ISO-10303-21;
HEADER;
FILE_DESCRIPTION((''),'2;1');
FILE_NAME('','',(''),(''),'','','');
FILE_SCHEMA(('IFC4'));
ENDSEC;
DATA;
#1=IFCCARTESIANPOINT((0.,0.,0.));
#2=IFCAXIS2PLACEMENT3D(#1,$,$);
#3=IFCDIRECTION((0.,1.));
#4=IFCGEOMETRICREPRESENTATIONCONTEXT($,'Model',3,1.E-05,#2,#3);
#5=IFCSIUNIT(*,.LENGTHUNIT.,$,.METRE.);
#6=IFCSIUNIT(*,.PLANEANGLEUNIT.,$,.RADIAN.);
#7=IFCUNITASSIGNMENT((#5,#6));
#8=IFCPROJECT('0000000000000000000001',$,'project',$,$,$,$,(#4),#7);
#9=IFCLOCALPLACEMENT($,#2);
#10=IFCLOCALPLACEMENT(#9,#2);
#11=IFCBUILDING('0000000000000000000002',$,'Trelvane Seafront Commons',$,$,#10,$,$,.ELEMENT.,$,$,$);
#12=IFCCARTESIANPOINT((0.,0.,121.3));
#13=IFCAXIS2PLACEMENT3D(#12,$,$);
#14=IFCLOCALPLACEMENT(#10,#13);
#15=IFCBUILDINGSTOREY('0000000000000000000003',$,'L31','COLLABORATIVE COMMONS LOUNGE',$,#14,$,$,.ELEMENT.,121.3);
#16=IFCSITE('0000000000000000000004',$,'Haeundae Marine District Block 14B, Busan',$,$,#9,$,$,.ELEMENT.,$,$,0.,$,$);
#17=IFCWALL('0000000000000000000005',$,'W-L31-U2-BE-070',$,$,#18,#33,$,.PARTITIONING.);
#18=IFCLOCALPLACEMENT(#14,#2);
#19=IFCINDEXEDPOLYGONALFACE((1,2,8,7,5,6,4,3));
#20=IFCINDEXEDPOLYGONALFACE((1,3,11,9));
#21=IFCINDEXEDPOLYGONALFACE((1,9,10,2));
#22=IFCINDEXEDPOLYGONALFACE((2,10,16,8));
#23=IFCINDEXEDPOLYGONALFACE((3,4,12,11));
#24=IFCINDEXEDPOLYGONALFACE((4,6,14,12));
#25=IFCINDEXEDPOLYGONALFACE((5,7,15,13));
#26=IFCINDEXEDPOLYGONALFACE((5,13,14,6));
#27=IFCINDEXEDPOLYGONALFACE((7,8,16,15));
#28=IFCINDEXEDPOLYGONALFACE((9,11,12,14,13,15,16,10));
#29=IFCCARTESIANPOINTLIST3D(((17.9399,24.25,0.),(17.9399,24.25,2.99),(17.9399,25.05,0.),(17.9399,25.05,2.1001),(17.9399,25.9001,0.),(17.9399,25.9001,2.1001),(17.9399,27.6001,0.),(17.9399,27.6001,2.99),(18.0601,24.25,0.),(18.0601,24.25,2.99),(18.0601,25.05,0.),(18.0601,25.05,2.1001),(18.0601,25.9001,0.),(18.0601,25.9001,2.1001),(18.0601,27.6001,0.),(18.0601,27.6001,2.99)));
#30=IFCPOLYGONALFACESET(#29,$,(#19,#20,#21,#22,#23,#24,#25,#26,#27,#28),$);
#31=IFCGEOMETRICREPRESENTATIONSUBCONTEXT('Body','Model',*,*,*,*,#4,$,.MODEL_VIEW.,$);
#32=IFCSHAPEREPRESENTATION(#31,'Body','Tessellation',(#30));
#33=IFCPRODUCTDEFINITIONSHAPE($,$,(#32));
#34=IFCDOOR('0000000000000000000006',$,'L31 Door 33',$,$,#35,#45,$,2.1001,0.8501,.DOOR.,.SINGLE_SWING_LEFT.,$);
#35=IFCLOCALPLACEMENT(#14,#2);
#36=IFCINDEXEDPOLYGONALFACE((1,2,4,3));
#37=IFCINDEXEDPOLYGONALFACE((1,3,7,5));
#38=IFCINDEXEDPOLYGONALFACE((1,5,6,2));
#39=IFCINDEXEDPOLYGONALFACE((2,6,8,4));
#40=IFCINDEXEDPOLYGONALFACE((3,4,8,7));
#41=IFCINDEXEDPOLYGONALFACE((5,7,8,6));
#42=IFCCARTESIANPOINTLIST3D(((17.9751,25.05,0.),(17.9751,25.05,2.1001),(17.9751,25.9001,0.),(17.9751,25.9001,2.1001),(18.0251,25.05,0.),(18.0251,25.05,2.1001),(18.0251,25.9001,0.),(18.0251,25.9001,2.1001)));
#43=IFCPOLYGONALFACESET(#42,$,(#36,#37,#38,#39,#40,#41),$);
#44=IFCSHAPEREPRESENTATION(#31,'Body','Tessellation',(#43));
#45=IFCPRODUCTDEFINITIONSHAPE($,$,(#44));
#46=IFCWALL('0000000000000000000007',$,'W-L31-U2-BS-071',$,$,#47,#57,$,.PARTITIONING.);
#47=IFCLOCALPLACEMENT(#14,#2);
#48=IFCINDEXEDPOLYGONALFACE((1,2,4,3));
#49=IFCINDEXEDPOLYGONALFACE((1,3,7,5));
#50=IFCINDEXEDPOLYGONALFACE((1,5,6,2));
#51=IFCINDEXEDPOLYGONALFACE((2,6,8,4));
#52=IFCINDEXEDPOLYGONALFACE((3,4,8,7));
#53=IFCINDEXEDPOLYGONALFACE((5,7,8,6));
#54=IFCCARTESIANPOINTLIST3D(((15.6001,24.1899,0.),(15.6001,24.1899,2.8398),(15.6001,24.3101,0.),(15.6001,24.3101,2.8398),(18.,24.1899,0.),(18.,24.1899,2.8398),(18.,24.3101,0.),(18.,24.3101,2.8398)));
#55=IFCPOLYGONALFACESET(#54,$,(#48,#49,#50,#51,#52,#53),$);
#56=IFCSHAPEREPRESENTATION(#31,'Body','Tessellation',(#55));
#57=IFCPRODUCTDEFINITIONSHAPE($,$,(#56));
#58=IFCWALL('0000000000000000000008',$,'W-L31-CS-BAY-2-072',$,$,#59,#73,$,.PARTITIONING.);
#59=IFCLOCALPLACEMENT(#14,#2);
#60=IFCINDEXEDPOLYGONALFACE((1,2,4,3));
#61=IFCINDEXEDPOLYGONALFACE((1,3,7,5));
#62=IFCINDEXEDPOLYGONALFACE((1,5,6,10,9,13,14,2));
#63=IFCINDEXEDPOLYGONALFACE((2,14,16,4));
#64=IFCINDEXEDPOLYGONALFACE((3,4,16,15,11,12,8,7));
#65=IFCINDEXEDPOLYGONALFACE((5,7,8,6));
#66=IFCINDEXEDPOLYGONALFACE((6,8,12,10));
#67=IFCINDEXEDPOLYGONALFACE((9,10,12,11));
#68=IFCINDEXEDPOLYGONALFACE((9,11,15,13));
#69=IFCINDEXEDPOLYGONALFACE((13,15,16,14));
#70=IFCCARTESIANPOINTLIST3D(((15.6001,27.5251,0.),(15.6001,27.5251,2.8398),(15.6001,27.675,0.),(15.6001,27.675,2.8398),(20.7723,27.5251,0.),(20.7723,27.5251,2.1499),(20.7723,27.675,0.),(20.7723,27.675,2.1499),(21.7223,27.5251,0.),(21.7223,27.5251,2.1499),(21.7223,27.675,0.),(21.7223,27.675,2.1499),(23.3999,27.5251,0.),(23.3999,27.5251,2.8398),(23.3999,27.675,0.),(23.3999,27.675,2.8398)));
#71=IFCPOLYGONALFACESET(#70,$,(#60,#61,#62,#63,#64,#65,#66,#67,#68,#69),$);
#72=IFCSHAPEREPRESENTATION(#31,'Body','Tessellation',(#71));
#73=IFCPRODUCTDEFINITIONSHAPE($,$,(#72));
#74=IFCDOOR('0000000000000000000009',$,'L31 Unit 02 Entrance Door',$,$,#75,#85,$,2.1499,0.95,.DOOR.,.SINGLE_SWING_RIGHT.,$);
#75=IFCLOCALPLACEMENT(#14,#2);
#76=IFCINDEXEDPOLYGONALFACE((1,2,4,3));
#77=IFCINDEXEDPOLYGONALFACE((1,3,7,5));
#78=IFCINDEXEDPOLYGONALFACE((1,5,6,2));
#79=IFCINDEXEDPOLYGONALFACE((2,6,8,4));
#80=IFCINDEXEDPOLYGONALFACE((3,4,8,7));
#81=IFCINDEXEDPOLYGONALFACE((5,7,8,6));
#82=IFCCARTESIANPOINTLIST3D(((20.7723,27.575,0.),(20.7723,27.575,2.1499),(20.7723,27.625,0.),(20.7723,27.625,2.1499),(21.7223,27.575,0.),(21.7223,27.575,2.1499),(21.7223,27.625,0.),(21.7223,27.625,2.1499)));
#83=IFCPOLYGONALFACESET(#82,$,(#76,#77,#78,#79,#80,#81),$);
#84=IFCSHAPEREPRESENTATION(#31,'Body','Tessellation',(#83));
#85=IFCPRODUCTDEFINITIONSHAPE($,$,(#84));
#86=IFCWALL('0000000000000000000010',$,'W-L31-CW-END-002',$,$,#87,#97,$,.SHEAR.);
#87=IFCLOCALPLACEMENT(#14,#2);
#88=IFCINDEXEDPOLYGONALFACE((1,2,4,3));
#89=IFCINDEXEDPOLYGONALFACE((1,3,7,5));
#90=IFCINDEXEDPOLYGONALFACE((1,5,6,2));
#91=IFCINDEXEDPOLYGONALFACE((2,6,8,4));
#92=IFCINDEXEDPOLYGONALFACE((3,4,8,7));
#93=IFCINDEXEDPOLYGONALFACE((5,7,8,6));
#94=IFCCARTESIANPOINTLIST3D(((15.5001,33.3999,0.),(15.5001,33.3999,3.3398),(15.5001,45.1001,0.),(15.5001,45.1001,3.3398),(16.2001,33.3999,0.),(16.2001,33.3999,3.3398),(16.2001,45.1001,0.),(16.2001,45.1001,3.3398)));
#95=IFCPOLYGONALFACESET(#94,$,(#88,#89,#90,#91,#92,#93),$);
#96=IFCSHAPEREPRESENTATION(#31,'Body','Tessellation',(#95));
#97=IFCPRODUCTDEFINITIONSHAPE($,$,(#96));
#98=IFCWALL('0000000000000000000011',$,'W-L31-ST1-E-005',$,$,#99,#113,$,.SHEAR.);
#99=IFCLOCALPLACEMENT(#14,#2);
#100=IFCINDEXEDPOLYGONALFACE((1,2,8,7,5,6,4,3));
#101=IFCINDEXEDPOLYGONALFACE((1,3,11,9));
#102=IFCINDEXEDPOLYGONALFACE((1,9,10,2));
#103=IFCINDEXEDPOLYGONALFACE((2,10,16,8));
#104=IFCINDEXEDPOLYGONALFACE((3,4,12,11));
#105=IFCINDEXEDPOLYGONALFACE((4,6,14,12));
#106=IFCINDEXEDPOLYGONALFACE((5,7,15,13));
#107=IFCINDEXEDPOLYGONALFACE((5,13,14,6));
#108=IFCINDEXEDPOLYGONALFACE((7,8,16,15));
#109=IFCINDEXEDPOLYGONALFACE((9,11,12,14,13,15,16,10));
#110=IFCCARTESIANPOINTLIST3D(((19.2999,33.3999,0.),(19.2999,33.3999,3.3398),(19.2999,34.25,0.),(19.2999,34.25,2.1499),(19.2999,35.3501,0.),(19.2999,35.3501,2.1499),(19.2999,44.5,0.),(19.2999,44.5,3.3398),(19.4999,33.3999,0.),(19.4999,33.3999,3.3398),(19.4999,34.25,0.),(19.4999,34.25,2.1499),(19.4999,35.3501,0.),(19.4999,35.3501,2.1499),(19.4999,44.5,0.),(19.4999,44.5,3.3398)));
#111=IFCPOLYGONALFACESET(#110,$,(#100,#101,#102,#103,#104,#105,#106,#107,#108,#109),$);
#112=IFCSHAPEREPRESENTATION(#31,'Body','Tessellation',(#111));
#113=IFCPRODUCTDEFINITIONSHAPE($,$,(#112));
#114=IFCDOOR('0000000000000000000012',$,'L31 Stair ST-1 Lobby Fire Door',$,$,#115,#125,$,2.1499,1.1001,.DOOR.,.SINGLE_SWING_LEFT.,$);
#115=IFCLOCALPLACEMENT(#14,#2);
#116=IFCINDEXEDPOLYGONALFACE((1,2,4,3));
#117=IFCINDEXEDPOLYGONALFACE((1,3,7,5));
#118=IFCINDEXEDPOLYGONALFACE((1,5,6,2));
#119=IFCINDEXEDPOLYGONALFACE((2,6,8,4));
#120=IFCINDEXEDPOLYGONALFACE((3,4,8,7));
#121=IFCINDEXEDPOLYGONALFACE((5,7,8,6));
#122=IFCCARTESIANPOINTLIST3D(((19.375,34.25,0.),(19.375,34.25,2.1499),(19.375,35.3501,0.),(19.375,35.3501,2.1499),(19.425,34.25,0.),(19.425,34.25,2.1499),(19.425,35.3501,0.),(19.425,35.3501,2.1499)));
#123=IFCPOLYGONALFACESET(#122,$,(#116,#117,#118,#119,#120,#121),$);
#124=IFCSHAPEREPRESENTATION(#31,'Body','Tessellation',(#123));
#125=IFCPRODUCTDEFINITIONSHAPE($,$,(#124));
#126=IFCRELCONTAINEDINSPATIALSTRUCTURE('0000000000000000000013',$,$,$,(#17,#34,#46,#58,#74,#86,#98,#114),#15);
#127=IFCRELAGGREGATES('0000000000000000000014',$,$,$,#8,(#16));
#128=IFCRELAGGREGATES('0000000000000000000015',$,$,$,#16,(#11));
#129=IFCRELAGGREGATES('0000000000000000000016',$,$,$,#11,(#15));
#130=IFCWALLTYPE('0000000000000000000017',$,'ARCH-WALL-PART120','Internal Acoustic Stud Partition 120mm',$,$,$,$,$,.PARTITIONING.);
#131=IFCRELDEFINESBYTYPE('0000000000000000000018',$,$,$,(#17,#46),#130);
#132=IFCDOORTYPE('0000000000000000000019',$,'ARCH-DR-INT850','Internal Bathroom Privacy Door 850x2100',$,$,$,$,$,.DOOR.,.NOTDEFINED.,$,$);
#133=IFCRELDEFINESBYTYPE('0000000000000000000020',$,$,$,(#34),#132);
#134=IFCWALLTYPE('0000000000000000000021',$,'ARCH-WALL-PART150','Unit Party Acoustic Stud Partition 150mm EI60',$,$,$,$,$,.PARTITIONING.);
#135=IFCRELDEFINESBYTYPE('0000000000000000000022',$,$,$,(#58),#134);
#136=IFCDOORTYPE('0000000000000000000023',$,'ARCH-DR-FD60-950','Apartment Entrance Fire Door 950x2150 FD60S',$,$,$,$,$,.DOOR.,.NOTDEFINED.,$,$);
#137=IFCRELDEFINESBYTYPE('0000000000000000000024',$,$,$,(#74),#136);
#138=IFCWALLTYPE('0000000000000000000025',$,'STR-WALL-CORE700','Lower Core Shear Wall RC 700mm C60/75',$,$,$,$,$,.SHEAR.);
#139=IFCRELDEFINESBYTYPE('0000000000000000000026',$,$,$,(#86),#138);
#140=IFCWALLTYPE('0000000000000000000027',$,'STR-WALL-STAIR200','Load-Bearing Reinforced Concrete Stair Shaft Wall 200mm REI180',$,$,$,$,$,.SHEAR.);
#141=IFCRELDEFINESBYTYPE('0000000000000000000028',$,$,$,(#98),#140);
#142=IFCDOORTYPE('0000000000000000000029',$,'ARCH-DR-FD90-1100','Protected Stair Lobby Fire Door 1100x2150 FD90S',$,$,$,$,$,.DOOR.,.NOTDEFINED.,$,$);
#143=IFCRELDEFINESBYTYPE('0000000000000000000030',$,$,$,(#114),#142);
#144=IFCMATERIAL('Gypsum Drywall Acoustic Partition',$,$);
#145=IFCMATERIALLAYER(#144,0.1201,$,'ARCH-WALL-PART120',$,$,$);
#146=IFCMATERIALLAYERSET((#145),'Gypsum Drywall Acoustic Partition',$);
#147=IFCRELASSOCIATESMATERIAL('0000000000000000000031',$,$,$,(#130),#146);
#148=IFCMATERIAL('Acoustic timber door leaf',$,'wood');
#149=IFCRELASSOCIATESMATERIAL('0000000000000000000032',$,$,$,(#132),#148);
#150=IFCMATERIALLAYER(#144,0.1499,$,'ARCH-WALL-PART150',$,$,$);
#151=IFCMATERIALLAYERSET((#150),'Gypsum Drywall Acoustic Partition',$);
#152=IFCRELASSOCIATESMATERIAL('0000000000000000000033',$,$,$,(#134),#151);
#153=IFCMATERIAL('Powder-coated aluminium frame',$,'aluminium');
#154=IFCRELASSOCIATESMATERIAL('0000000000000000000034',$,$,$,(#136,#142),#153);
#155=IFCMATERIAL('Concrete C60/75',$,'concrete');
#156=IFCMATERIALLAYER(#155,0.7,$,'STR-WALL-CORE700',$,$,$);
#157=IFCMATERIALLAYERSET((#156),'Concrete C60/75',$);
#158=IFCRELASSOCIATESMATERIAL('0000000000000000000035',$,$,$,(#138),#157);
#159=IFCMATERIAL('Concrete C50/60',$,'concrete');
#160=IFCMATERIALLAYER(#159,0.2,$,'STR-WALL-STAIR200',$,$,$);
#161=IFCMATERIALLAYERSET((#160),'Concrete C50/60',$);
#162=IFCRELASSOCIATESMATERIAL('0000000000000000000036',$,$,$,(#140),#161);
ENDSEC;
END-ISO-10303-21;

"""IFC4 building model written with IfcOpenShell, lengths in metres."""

from ifc_helpers import new_model, si_unit, direction, frame, frame_2d, origin, place, context, subcontext, project, spatial, rectangle, extrude, source, transform, mapped, material, layer, layer_set, type_object, element, fill, save


model = new_model("IFC4")

# Units and contexts
model_context = context("Model", 3, precision=1e-05, world=origin(), true_north=direction((0.0, 1.0)))
body_context = subcontext(model_context, "Body", "Model", "MODEL_VIEW")
ifc_project = project(units=[si_unit("LENGTHUNIT", "METRE"), si_unit("PLANEANGLEUNIT", "RADIAN")], contexts=[model_context])

# Site, building, storey
site_placement = place(None, origin())
site = spatial("IfcSite", under=ifc_project, at=site_placement, Name="Haeundae Marine District Block 14B, Busan", CompositionType="ELEMENT", RefElevation=0.0)
building_placement = place(site_placement, origin())
building = spatial("IfcBuilding", under=site, at=building_placement, Name="Trelvane Seafront Commons", CompositionType="ELEMENT")
storey_placement = place(building_placement, frame((0.0, 0.0, 121.3)))
storey = spatial("IfcBuildingStorey", under=building, at=storey_placement, Name="L31", Description="COLLABORATIVE COMMONS LOUNGE", CompositionType="ELEMENT", Elevation=121.3)

# Shared definitions
ifc_material_1 = material(Name="Concrete C60/75", Category="concrete")

# Shared definitions
ifc_material_2 = material(Name="Powder-coated aluminium frame", Category="aluminium")
ifc_material_3 = material(Name="Gypsum Drywall Acoustic Partition")
ifc_layer_1 = layer(ifc_material_3, 0.1201, Name="ARCH-WALL-PART120")
ifc_layer_set_1 = layer_set([ifc_layer_1], Name="Gypsum Drywall Acoustic Partition")
wall_type_1 = type_object("IfcWallType", Name="ARCH-WALL-PART120", Description="Internal Acoustic Stud Partition 120mm", PredefinedType="PARTITIONING", material=ifc_layer_set_1)
ifc_material_4 = material(Name="Acoustic timber door leaf", Category="wood")
shared_shape_1 = source(origin(), body_context, "Body", "SweptSolid", [
    extrude(rectangle(XDim=0.95, YDim=2.1499, at=frame_2d((0.4751, 1.075))), frame((0.0, 0.0249, 0.0), z_axis=(0.0, -1.0, 0.0), x_axis=(1.0, 0.0, 0.0)), (0.0, 0.0, 1.0), 0.05),
])

# Wall, opening, door
wall_1_placement = place(storey_placement, frame((18.0, 24.25, 0.0), z_axis=(0.0, 0.0, 1.0), x_axis=(0.0, 1.0, 0.0)))
wall_1 = element("IfcWall", 1, at=wall_1_placement, inside=storey, type_object=wall_type_1, Name="W-L31-U2-BE-070", PredefinedType="PARTITIONING", context=body_context, shape_type="SweptSolid", body=[
    extrude(rectangle(XDim=3.3501, YDim=0.1201, at=frame_2d((1.675, 0.0))), origin(), (0.0, 0.0, 1.0), 2.99),
])
opening_1_placement = place(wall_1_placement, frame((0.8, 0.0, 0.0)))
opening_1 = element("IfcOpeningElement", 2, at=opening_1_placement, cuts=wall_1, PredefinedType="OPENING", context=body_context, shape_type="SweptSolid", body=[
    extrude(rectangle(XDim=0.8501, YDim=2.1001, at=frame_2d((0.425, 1.05))), frame((0.0, 0.0701, 0.0), z_axis=(0.0, -1.0, 0.0), x_axis=(1.0, 0.0, 0.0)), (0.0, 0.0, 1.0), 0.1401),
])
door_type_1 = type_object("IfcDoorType", Name="ARCH-DR-INT850", Description="Internal Bathroom Privacy Door 850x2100", OperationType="NOTDEFINED", PredefinedType="DOOR", material=ifc_material_4)
shared_shape_2 = source(origin(), body_context, "Body", "SweptSolid", [
    extrude(rectangle(XDim=0.8501, YDim=2.1001, at=frame_2d((0.425, 1.05))), frame((0.0, 0.0249, 0.0), z_axis=(0.0, -1.0, 0.0), x_axis=(1.0, 0.0, 0.0)), (0.0, 0.0, 1.0), 0.05),
])
door_1_placement = place(opening_1_placement, origin())
door_1 = element("IfcDoor", 3, at=door_1_placement, inside=storey, type_object=door_type_1, Name="L31 Door 33", OperationType="SINGLE_SWING_LEFT", OverallHeight=2.1001, OverallWidth=0.8501, PredefinedType="DOOR", context=body_context, shape_type="MappedRepresentation", body=[
    mapped(shared_shape_2, transform((0.0, 0.0, 0.0), x_axis=(1.0, 0.0, 0.0), y_axis=(0.0, 1.0, 0.0), z_axis=(0.0, 0.0, 1.0), scale=1.0)),
])
fill(opening_1, door_1)

# Wall
wall_2_placement = place(storey_placement, frame((15.6001, 24.25, 0.0), z_axis=(0.0, 0.0, 1.0), x_axis=(1.0, 0.0, 0.0)))
element("IfcWall", 4, at=wall_2_placement, inside=storey, type_object=wall_type_1, Name="W-L31-U2-BS-071", PredefinedType="PARTITIONING", context=body_context, shape_type="SweptSolid", body=[
    extrude(rectangle(XDim=2.3999, YDim=0.1201, at=frame_2d((1.2, 0.0))), origin(), (0.0, 0.0, 1.0), 2.8398),
])

# Wall, opening, door
ifc_layer_2 = layer(ifc_material_3, 0.1499, Name="ARCH-WALL-PART150")
ifc_layer_set_2 = layer_set([ifc_layer_2], Name="Gypsum Drywall Acoustic Partition")
wall_type_2 = type_object("IfcWallType", Name="ARCH-WALL-PART150", Description="Unit Party Acoustic Stud Partition 150mm EI60", PredefinedType="PARTITIONING", material=ifc_layer_set_2)
wall_3_placement = place(storey_placement, frame((15.6001, 27.6001, 0.0), z_axis=(0.0, 0.0, 1.0), x_axis=(1.0, 0.0, 0.0)))
wall_3 = element("IfcWall", 5, at=wall_3_placement, inside=storey, type_object=wall_type_2, Name="W-L31-CS-BAY-2-072", PredefinedType="PARTITIONING", context=body_context, shape_type="SweptSolid", body=[
    extrude(rectangle(XDim=7.7998, YDim=0.1499, at=frame_2d((3.8999, 0.0))), origin(), (0.0, 0.0, 1.0), 2.8398),
])
opening_2_placement = place(wall_3_placement, frame((5.1721, 0.0, 0.0)))
opening_2 = element("IfcOpeningElement", 6, at=opening_2_placement, cuts=wall_3, PredefinedType="OPENING", context=body_context, shape_type="SweptSolid", body=[
    extrude(rectangle(XDim=0.95, YDim=2.1499, at=frame_2d((0.4751, 1.075))), frame((0.0, 0.085, 0.0), z_axis=(0.0, -1.0, 0.0), x_axis=(1.0, 0.0, 0.0)), (0.0, 0.0, 1.0), 0.1699),
])
door_type_2 = type_object("IfcDoorType", Name="ARCH-DR-FD60-950", Description="Apartment Entrance Fire Door 950x2150 FD60S", OperationType="NOTDEFINED", PredefinedType="DOOR", material=ifc_material_2)
door_2_placement = place(opening_2_placement, origin())
door_2 = element("IfcDoor", 7, at=door_2_placement, inside=storey, type_object=door_type_2, Name="L31 Unit 02 Entrance Door", OperationType="SINGLE_SWING_RIGHT", OverallHeight=2.1499, OverallWidth=0.95, PredefinedType="DOOR", context=body_context, shape_type="MappedRepresentation", body=[
    mapped(shared_shape_1, transform((0.0, 0.0, 0.0), x_axis=(1.0, 0.0, 0.0), y_axis=(0.0, 1.0, 0.0), z_axis=(0.0, 0.0, 1.0), scale=1.0)),
])
fill(opening_2, door_2)

# Wall
ifc_layer_3 = layer(ifc_material_1, 0.7, Name="STR-WALL-CORE700")
ifc_layer_set_3 = layer_set([ifc_layer_3], Name="Concrete C60/75")
wall_type_3 = type_object("IfcWallType", Name="STR-WALL-CORE700", Description="Lower Core Shear Wall RC 700mm C60/75", PredefinedType="SHEAR", material=ifc_layer_set_3)
wall_4_placement = place(storey_placement, frame((15.8501, 33.3999, 0.0), z_axis=(0.0, 0.0, 1.0), x_axis=(0.0, 1.0, 0.0)))
element("IfcWall", 8, at=wall_4_placement, inside=storey, type_object=wall_type_3, Name="W-L31-CW-END-002", PredefinedType="SHEAR", context=body_context, shape_type="SweptSolid", body=[
    extrude(rectangle(XDim=11.7002, YDim=0.7, at=frame_2d((5.8501, 0.0))), origin(), (0.0, 0.0, 1.0), 3.3398),
])

# Wall, opening, door
ifc_material_5 = material(Name="Concrete C50/60", Category="concrete")
ifc_layer_4 = layer(ifc_material_5, 0.2, Name="STR-WALL-STAIR200")
ifc_layer_set_4 = layer_set([ifc_layer_4], Name="Concrete C50/60")
wall_type_4 = type_object("IfcWallType", Name="STR-WALL-STAIR200", Description="Load-Bearing Reinforced Concrete Stair Shaft Wall 200mm REI180", PredefinedType="SHEAR", material=ifc_layer_set_4)
wall_5_placement = place(storey_placement, frame((19.3999, 33.3999, 0.0), z_axis=(0.0, 0.0, 1.0), x_axis=(0.0, 1.0, 0.0)))
wall_5 = element("IfcWall", 9, at=wall_5_placement, inside=storey, type_object=wall_type_4, Name="W-L31-ST1-E-005", PredefinedType="SHEAR", context=body_context, shape_type="SweptSolid", body=[
    extrude(rectangle(XDim=11.1001, YDim=0.2, at=frame_2d((5.55, 0.0))), origin(), (0.0, 0.0, 1.0), 3.3398),
])
opening_3_placement = place(wall_5_placement, frame((0.8501, 0.0, 0.0)))
opening_3 = element("IfcOpeningElement", 10, at=opening_3_placement, cuts=wall_5, PredefinedType="OPENING", context=body_context, shape_type="SweptSolid", body=[
    extrude(rectangle(XDim=1.1001, YDim=2.1499, at=frame_2d((0.55, 1.075))), frame((0.0, 0.1099, 0.0), z_axis=(0.0, -1.0, 0.0), x_axis=(1.0, 0.0, 0.0)), (0.0, 0.0, 1.0), 0.22),
])
door_type_3 = type_object("IfcDoorType", Name="ARCH-DR-FD90-1100", Description="Protected Stair Lobby Fire Door 1100x2150 FD90S", OperationType="NOTDEFINED", PredefinedType="DOOR", material=ifc_material_2)
shared_shape_3 = source(origin(), body_context, "Body", "SweptSolid", [
    extrude(rectangle(XDim=1.1001, YDim=2.1499, at=frame_2d((0.55, 1.075))), frame((0.0, 0.0249, 0.0), z_axis=(0.0, -1.0, 0.0), x_axis=(1.0, 0.0, 0.0)), (0.0, 0.0, 1.0), 0.05),
])
door_3_placement = place(opening_3_placement, origin())
door_3 = element("IfcDoor", 11, at=door_3_placement, inside=storey, type_object=door_type_3, Name="L31 Stair ST-1 Lobby Fire Door", OperationType="SINGLE_SWING_LEFT", OverallHeight=2.1499, OverallWidth=1.1001, PredefinedType="DOOR", context=body_context, shape_type="MappedRepresentation", body=[
    mapped(shared_shape_3, transform((0.0, 0.0, 0.0), x_axis=(1.0, 0.0, 0.0), y_axis=(0.0, 1.0, 0.0), z_axis=(0.0, 0.0, 1.0), scale=1.0)),
])
fill(opening_3, door_3)

save(model, "model.ifc")
